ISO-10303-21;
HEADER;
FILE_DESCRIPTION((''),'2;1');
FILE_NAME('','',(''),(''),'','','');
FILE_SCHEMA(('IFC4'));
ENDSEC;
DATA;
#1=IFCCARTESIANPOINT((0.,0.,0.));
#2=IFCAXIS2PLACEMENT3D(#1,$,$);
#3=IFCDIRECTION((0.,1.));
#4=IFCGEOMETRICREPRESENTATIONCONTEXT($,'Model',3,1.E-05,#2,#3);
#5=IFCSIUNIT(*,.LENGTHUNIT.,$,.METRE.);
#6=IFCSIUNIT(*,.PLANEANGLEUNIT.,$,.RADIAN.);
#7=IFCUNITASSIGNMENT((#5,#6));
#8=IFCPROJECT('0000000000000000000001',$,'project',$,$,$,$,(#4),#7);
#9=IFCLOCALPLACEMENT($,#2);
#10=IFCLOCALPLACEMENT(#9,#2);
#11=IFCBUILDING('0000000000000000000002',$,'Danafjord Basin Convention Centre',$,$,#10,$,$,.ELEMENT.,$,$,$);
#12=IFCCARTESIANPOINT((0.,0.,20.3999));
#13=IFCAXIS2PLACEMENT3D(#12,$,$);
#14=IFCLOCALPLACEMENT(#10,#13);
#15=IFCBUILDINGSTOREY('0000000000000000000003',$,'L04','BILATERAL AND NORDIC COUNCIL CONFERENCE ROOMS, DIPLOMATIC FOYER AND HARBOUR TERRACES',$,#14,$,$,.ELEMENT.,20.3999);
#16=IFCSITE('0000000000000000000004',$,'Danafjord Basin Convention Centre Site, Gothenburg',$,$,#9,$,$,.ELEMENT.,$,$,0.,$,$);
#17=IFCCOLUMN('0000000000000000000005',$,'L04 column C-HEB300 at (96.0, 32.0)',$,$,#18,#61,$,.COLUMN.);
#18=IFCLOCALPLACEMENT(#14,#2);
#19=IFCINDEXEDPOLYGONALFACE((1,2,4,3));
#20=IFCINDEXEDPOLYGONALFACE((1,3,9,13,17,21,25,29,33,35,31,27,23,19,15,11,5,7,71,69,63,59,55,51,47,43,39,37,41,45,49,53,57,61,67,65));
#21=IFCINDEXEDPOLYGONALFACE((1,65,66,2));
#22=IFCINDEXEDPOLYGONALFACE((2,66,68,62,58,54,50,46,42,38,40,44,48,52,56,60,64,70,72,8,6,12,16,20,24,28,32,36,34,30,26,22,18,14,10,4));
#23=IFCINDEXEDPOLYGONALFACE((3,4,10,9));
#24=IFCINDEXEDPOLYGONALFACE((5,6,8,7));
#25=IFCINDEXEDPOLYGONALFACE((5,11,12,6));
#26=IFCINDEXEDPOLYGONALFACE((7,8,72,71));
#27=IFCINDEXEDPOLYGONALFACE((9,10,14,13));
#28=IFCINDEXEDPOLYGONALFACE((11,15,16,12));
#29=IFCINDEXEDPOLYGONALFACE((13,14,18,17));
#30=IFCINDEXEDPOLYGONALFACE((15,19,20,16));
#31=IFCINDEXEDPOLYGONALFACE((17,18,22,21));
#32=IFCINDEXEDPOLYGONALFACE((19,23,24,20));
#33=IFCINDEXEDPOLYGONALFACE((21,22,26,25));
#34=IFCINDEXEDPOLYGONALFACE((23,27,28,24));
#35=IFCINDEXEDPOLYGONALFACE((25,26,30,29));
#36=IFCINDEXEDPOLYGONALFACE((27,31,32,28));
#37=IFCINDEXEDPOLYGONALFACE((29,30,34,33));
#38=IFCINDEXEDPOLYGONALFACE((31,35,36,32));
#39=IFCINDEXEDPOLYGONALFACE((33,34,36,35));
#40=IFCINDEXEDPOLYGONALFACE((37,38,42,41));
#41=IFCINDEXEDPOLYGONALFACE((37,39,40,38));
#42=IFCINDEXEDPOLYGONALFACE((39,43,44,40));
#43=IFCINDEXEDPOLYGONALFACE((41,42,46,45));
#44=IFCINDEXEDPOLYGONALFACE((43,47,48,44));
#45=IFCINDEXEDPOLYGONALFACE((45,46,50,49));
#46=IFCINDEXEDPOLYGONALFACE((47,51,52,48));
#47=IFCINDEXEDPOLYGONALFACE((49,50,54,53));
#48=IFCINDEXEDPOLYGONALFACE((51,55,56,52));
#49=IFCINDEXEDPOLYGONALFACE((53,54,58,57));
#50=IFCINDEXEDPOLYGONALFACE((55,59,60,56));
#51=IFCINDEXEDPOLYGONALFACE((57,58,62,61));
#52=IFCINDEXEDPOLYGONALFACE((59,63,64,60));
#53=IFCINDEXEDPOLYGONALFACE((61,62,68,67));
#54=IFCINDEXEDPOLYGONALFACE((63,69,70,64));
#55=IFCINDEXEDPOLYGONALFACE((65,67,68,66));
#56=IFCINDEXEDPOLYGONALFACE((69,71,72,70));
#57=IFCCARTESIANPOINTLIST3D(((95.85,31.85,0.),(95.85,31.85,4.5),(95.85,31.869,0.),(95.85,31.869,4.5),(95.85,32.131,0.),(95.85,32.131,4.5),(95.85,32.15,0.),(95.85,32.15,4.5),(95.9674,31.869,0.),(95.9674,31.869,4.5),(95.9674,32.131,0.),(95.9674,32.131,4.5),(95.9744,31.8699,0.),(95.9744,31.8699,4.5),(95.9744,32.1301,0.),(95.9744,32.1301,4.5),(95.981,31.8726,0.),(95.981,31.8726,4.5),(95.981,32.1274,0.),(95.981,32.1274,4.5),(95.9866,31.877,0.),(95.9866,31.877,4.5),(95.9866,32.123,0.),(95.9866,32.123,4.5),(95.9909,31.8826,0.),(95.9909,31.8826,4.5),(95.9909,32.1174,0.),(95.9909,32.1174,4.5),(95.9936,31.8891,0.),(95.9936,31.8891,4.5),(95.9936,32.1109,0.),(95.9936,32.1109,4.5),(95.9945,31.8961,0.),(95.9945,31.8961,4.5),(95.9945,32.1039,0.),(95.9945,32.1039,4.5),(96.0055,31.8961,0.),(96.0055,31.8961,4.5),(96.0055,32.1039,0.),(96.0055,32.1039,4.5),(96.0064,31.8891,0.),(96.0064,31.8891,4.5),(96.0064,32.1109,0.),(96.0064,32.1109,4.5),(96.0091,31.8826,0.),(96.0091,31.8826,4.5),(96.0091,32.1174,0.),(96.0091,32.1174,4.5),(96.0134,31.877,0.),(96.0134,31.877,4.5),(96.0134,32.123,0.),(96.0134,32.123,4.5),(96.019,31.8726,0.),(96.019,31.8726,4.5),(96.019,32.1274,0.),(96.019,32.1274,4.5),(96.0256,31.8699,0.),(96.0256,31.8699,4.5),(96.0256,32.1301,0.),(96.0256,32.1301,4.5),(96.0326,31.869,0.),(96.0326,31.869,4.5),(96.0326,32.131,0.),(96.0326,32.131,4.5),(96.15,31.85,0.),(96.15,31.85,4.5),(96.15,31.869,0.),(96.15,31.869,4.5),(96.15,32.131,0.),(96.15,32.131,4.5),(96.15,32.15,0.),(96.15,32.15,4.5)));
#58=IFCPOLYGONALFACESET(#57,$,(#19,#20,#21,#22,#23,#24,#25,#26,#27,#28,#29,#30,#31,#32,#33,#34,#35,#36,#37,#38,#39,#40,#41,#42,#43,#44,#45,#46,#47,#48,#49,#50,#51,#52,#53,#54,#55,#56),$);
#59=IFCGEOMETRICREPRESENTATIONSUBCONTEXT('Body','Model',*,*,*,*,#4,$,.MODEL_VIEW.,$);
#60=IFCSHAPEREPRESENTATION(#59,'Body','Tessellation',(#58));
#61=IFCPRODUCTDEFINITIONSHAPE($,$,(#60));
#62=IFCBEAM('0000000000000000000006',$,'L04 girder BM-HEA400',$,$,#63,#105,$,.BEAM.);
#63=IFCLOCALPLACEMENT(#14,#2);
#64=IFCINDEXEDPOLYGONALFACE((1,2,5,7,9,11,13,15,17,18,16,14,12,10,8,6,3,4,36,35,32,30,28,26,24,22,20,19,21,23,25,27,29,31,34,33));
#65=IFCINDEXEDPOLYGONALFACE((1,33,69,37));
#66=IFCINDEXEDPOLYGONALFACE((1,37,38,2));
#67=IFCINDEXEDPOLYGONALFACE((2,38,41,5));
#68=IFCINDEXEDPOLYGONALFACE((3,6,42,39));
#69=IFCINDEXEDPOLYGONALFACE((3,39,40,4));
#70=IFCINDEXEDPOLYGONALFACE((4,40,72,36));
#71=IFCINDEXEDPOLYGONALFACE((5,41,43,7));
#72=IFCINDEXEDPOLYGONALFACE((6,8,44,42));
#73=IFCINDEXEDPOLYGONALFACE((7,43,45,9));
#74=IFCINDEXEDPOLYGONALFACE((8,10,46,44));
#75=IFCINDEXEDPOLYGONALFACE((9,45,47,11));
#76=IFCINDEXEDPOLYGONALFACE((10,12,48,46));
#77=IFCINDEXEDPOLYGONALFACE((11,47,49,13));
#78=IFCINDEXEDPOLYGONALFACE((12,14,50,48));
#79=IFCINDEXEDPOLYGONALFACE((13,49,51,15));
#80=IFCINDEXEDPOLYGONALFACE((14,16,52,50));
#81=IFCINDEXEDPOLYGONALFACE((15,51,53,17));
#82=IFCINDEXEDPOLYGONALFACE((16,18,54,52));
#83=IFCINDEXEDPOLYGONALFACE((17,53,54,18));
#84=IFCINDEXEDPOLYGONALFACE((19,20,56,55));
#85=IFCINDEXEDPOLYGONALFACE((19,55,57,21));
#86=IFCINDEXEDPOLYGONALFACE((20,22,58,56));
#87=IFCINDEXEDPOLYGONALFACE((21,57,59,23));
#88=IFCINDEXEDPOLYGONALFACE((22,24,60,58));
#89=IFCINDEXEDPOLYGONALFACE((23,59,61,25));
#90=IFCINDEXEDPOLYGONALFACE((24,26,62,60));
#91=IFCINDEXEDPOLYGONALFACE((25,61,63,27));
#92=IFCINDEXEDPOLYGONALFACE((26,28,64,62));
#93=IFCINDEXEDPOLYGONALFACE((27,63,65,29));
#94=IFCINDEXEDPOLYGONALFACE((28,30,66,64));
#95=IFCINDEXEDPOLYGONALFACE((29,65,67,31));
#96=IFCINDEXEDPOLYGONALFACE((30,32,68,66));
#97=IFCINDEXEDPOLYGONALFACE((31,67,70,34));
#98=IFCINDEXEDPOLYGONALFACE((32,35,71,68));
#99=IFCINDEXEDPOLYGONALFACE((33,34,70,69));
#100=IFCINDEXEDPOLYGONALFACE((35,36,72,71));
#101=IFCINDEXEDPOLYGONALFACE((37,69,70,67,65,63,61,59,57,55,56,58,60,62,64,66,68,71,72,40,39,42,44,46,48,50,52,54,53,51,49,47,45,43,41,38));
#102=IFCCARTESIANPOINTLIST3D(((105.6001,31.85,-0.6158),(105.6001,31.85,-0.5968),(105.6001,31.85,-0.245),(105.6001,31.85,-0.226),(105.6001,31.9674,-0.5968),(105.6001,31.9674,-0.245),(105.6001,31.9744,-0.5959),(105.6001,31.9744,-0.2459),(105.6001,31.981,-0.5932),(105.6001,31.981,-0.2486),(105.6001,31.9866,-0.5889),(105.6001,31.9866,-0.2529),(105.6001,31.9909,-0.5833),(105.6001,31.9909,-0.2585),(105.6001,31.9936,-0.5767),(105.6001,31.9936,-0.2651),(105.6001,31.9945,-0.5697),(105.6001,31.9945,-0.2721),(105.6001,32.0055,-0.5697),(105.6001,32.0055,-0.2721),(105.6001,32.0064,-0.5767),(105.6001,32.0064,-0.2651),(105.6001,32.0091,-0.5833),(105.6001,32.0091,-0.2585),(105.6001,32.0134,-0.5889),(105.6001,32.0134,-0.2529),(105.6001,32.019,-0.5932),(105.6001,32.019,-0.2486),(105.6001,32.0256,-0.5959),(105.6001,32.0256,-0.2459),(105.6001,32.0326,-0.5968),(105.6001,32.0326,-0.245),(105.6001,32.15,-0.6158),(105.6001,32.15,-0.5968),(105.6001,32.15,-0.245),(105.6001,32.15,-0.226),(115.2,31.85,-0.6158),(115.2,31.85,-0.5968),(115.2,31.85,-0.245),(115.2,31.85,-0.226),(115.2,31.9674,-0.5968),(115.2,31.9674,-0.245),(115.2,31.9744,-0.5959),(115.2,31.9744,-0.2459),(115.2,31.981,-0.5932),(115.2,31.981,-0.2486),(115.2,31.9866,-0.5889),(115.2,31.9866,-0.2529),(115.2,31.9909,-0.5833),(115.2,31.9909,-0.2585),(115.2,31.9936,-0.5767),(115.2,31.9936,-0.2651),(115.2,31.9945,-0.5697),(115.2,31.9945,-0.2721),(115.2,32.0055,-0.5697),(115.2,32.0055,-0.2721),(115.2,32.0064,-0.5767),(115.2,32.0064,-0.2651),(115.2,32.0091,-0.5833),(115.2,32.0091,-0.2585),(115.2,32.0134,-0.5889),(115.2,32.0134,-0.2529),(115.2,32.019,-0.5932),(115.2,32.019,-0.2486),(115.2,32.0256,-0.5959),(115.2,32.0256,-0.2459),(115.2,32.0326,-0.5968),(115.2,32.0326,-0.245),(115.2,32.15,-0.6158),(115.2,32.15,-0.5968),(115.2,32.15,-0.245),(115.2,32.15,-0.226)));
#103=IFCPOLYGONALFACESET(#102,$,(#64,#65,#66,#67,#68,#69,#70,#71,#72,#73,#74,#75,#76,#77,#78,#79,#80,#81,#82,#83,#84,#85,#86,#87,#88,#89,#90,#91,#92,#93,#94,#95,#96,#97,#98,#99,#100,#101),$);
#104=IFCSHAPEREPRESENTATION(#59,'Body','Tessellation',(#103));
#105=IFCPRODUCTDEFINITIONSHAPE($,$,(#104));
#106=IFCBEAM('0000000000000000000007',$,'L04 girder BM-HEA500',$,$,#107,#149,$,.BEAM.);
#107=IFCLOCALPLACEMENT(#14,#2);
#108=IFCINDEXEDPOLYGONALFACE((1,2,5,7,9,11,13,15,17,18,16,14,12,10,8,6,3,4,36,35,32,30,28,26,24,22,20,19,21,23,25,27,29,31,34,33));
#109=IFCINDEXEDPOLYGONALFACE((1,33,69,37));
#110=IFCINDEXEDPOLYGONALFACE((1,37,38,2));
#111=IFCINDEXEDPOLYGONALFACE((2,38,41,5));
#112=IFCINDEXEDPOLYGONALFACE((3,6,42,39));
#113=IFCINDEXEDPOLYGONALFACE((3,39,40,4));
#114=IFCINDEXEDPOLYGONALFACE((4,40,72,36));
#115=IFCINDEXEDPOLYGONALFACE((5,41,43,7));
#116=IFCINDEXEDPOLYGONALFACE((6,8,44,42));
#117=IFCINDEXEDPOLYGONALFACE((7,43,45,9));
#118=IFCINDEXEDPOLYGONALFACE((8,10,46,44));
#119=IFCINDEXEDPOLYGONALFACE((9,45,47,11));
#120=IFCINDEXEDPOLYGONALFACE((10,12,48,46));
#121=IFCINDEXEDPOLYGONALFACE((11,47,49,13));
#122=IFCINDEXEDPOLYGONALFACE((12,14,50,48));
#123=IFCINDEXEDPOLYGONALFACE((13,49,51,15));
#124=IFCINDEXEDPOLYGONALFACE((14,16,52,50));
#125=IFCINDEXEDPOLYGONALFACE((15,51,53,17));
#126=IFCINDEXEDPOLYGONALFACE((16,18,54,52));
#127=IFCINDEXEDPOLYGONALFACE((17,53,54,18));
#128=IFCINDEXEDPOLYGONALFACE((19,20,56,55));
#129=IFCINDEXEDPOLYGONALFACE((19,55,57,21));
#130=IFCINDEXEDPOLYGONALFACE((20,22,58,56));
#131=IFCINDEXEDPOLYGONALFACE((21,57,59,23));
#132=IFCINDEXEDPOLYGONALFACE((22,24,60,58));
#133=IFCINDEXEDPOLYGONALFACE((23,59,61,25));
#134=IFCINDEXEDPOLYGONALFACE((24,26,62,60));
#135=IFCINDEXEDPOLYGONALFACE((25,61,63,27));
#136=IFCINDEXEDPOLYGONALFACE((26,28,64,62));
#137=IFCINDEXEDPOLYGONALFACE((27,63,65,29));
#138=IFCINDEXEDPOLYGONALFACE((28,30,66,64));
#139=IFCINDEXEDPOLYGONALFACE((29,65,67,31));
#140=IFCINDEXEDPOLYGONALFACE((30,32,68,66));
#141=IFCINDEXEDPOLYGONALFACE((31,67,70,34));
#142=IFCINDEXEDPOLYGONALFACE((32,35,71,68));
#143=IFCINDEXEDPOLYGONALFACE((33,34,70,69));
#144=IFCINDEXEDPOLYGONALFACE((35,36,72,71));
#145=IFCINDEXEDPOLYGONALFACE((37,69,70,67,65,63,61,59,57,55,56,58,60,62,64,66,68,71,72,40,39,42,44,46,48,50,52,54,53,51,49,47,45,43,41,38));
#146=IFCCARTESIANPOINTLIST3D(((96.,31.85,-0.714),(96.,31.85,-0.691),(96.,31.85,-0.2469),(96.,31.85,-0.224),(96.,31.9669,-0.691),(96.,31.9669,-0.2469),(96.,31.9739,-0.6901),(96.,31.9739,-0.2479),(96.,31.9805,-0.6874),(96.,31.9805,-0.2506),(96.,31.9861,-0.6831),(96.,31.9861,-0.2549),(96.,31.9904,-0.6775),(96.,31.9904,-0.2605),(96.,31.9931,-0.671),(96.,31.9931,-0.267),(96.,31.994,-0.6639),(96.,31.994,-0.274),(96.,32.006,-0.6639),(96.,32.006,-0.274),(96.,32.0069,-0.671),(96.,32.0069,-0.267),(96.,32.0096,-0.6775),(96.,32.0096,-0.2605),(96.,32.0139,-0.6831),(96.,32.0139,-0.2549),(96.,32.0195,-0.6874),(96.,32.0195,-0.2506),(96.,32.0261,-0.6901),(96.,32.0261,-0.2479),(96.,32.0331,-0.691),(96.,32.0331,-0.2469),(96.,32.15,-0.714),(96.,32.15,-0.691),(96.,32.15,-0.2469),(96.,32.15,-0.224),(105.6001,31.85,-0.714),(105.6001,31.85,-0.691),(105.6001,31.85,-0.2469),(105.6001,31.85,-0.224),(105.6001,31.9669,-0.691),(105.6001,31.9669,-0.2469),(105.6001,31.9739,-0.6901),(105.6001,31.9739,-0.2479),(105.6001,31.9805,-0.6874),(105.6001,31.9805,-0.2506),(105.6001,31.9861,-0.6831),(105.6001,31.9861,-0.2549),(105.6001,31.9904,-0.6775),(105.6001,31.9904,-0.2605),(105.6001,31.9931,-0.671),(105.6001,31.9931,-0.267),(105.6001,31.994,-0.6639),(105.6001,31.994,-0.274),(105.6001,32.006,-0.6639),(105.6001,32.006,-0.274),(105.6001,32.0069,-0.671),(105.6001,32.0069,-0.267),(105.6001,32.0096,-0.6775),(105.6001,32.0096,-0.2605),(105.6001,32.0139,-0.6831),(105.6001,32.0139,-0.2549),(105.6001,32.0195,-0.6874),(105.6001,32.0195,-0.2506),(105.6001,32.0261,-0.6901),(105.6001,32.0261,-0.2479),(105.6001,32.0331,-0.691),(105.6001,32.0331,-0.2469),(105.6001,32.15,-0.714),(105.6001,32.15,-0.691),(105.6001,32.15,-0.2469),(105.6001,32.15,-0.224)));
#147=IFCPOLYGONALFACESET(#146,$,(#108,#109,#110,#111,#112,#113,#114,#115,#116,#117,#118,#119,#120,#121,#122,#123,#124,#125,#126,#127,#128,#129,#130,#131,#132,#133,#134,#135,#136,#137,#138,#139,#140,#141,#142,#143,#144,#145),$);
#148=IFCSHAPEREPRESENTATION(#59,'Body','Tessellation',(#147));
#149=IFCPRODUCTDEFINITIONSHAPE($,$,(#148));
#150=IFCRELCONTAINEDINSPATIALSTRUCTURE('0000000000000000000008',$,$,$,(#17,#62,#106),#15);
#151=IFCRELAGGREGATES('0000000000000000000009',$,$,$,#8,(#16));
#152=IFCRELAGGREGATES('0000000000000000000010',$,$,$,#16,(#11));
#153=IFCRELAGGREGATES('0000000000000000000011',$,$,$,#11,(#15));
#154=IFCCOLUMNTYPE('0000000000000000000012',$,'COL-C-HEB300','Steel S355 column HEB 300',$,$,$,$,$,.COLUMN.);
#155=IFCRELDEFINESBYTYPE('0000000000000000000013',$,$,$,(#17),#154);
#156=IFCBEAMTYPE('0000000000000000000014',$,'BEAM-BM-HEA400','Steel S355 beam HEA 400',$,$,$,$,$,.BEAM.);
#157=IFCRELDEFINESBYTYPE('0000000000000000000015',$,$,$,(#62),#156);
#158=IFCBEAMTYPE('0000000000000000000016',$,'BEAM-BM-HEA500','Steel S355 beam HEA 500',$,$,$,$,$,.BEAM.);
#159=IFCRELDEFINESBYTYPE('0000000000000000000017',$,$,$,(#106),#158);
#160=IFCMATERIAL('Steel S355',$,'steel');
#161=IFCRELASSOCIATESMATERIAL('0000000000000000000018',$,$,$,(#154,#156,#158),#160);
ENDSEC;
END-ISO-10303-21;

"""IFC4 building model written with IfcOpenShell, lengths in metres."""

from ifc_helpers import new_model, si_unit, direction, frame, origin, origin_2d, place, context, subcontext, project, spatial, i_section, extrude, material, material_profile, profile_set, type_object, element, save


model = new_model("IFC4")

# Units and contexts
model_context = context("Model", 3, precision=1e-05, world=origin(), true_north=direction((0.0, 1.0)))
body_context = subcontext(model_context, "Body", "Model", "MODEL_VIEW")
ifc_project = project(units=[si_unit("LENGTHUNIT", "METRE"), si_unit("PLANEANGLEUNIT", "RADIAN")], contexts=[model_context])

# Site, building, storey
site_placement = place(None, origin())
site = spatial("IfcSite", under=ifc_project, at=site_placement, Name="Danafjord Basin Convention Centre Site, Gothenburg", CompositionType="ELEMENT", RefElevation=0.0)
building_placement = place(site_placement, origin())
building = spatial("IfcBuilding", under=site, at=building_placement, Name="Danafjord Basin Convention Centre", CompositionType="ELEMENT")
storey_placement = place(building_placement, frame((0.0, 0.0, 20.3999)))
storey = spatial("IfcBuildingStorey", under=building, at=storey_placement, Name="L04", Description="BILATERAL AND NORDIC COUNCIL CONFERENCE ROOMS, DIPLOMATIC FOYER AND HARBOUR TERRACES", CompositionType="ELEMENT", Elevation=20.3999)

# Column
ifc_material_1 = material(Name="Steel S355", Category="steel")
ifc_material_profile_1 = material_profile(ifc_material_1, i_section(OverallWidth=0.3, OverallDepth=0.3, WebThickness=0.011, FlangeThickness=0.019, FilletRadius=0.0271, at=origin_2d()), Name="HEB 300")
ifc_profile_set_1 = profile_set([ifc_material_profile_1], Name="Steel S355")
column_type_1 = type_object("IfcColumnType", Name="COL-C-HEB300", Description="Steel S355 column HEB 300", PredefinedType="COLUMN", material=ifc_profile_set_1)
column_1_placement = place(storey_placement, frame((96.0, 32.0, 0.0), z_axis=(0.0, 0.0, 1.0), x_axis=(1.0, 0.0, 0.0)))
element("IfcColumn", 1, at=column_1_placement, inside=storey, type_object=column_type_1, Name="L04 column C-HEB300 at (96.0, 32.0)", PredefinedType="COLUMN", context=body_context, shape_type="SweptSolid", body=[
    extrude(i_section(OverallWidth=0.3, OverallDepth=0.3, WebThickness=0.011, FlangeThickness=0.019, FilletRadius=0.0271, at=origin_2d()), origin(), (0.0, 0.0, 1.0), 4.5),
])

# Beams
ifc_material_profile_2 = material_profile(ifc_material_1, i_section(OverallWidth=0.3, OverallDepth=0.3899, WebThickness=0.011, FlangeThickness=0.019, FilletRadius=0.0271, at=origin_2d()), Name="HEA 400")
ifc_profile_set_2 = profile_set([ifc_material_profile_2], Name="Steel S355")
beam_type_1 = type_object("IfcBeamType", Name="BEAM-BM-HEA400", Description="Steel S355 beam HEA 400", PredefinedType="BEAM", material=ifc_profile_set_2)
beam_1_placement = place(storey_placement, frame((105.6001, 32.0, -0.4209), z_axis=(1.0, 0.0, 0.0), x_axis=(0.0, 1.0, 0.0)))
element("IfcBeam", 2, at=beam_1_placement, inside=storey, type_object=beam_type_1, Name="L04 girder BM-HEA400", PredefinedType="BEAM", context=body_context, shape_type="SweptSolid", body=[
    extrude(i_section(OverallWidth=0.3, OverallDepth=0.3899, WebThickness=0.011, FlangeThickness=0.019, FilletRadius=0.0271, at=origin_2d()), origin(), (0.0, 0.0, 1.0), 9.5999),
])
ifc_material_profile_3 = material_profile(ifc_material_1, i_section(OverallWidth=0.3, OverallDepth=0.49, WebThickness=0.012, FlangeThickness=0.0229, FilletRadius=0.0271, at=origin_2d()), Name="HEA 500")
ifc_profile_set_3 = profile_set([ifc_material_profile_3], Name="Steel S355")
beam_type_2 = type_object("IfcBeamType", Name="BEAM-BM-HEA500", Description="Steel S355 beam HEA 500", PredefinedType="BEAM", material=ifc_profile_set_3)
beam_2_placement = place(storey_placement, frame((96.0, 32.0, -0.469), z_axis=(1.0, 0.0, 0.0), x_axis=(0.0, 1.0, 0.0)))
element("IfcBeam", 3, at=beam_2_placement, inside=storey, type_object=beam_type_2, Name="L04 girder BM-HEA500", PredefinedType="BEAM", context=body_context, shape_type="SweptSolid", body=[
    extrude(i_section(OverallWidth=0.3, OverallDepth=0.49, WebThickness=0.012, FlangeThickness=0.0229, FilletRadius=0.0271, at=origin_2d()), origin(), (0.0, 0.0, 1.0), 9.6001),
])

save(model, "model.ifc")
